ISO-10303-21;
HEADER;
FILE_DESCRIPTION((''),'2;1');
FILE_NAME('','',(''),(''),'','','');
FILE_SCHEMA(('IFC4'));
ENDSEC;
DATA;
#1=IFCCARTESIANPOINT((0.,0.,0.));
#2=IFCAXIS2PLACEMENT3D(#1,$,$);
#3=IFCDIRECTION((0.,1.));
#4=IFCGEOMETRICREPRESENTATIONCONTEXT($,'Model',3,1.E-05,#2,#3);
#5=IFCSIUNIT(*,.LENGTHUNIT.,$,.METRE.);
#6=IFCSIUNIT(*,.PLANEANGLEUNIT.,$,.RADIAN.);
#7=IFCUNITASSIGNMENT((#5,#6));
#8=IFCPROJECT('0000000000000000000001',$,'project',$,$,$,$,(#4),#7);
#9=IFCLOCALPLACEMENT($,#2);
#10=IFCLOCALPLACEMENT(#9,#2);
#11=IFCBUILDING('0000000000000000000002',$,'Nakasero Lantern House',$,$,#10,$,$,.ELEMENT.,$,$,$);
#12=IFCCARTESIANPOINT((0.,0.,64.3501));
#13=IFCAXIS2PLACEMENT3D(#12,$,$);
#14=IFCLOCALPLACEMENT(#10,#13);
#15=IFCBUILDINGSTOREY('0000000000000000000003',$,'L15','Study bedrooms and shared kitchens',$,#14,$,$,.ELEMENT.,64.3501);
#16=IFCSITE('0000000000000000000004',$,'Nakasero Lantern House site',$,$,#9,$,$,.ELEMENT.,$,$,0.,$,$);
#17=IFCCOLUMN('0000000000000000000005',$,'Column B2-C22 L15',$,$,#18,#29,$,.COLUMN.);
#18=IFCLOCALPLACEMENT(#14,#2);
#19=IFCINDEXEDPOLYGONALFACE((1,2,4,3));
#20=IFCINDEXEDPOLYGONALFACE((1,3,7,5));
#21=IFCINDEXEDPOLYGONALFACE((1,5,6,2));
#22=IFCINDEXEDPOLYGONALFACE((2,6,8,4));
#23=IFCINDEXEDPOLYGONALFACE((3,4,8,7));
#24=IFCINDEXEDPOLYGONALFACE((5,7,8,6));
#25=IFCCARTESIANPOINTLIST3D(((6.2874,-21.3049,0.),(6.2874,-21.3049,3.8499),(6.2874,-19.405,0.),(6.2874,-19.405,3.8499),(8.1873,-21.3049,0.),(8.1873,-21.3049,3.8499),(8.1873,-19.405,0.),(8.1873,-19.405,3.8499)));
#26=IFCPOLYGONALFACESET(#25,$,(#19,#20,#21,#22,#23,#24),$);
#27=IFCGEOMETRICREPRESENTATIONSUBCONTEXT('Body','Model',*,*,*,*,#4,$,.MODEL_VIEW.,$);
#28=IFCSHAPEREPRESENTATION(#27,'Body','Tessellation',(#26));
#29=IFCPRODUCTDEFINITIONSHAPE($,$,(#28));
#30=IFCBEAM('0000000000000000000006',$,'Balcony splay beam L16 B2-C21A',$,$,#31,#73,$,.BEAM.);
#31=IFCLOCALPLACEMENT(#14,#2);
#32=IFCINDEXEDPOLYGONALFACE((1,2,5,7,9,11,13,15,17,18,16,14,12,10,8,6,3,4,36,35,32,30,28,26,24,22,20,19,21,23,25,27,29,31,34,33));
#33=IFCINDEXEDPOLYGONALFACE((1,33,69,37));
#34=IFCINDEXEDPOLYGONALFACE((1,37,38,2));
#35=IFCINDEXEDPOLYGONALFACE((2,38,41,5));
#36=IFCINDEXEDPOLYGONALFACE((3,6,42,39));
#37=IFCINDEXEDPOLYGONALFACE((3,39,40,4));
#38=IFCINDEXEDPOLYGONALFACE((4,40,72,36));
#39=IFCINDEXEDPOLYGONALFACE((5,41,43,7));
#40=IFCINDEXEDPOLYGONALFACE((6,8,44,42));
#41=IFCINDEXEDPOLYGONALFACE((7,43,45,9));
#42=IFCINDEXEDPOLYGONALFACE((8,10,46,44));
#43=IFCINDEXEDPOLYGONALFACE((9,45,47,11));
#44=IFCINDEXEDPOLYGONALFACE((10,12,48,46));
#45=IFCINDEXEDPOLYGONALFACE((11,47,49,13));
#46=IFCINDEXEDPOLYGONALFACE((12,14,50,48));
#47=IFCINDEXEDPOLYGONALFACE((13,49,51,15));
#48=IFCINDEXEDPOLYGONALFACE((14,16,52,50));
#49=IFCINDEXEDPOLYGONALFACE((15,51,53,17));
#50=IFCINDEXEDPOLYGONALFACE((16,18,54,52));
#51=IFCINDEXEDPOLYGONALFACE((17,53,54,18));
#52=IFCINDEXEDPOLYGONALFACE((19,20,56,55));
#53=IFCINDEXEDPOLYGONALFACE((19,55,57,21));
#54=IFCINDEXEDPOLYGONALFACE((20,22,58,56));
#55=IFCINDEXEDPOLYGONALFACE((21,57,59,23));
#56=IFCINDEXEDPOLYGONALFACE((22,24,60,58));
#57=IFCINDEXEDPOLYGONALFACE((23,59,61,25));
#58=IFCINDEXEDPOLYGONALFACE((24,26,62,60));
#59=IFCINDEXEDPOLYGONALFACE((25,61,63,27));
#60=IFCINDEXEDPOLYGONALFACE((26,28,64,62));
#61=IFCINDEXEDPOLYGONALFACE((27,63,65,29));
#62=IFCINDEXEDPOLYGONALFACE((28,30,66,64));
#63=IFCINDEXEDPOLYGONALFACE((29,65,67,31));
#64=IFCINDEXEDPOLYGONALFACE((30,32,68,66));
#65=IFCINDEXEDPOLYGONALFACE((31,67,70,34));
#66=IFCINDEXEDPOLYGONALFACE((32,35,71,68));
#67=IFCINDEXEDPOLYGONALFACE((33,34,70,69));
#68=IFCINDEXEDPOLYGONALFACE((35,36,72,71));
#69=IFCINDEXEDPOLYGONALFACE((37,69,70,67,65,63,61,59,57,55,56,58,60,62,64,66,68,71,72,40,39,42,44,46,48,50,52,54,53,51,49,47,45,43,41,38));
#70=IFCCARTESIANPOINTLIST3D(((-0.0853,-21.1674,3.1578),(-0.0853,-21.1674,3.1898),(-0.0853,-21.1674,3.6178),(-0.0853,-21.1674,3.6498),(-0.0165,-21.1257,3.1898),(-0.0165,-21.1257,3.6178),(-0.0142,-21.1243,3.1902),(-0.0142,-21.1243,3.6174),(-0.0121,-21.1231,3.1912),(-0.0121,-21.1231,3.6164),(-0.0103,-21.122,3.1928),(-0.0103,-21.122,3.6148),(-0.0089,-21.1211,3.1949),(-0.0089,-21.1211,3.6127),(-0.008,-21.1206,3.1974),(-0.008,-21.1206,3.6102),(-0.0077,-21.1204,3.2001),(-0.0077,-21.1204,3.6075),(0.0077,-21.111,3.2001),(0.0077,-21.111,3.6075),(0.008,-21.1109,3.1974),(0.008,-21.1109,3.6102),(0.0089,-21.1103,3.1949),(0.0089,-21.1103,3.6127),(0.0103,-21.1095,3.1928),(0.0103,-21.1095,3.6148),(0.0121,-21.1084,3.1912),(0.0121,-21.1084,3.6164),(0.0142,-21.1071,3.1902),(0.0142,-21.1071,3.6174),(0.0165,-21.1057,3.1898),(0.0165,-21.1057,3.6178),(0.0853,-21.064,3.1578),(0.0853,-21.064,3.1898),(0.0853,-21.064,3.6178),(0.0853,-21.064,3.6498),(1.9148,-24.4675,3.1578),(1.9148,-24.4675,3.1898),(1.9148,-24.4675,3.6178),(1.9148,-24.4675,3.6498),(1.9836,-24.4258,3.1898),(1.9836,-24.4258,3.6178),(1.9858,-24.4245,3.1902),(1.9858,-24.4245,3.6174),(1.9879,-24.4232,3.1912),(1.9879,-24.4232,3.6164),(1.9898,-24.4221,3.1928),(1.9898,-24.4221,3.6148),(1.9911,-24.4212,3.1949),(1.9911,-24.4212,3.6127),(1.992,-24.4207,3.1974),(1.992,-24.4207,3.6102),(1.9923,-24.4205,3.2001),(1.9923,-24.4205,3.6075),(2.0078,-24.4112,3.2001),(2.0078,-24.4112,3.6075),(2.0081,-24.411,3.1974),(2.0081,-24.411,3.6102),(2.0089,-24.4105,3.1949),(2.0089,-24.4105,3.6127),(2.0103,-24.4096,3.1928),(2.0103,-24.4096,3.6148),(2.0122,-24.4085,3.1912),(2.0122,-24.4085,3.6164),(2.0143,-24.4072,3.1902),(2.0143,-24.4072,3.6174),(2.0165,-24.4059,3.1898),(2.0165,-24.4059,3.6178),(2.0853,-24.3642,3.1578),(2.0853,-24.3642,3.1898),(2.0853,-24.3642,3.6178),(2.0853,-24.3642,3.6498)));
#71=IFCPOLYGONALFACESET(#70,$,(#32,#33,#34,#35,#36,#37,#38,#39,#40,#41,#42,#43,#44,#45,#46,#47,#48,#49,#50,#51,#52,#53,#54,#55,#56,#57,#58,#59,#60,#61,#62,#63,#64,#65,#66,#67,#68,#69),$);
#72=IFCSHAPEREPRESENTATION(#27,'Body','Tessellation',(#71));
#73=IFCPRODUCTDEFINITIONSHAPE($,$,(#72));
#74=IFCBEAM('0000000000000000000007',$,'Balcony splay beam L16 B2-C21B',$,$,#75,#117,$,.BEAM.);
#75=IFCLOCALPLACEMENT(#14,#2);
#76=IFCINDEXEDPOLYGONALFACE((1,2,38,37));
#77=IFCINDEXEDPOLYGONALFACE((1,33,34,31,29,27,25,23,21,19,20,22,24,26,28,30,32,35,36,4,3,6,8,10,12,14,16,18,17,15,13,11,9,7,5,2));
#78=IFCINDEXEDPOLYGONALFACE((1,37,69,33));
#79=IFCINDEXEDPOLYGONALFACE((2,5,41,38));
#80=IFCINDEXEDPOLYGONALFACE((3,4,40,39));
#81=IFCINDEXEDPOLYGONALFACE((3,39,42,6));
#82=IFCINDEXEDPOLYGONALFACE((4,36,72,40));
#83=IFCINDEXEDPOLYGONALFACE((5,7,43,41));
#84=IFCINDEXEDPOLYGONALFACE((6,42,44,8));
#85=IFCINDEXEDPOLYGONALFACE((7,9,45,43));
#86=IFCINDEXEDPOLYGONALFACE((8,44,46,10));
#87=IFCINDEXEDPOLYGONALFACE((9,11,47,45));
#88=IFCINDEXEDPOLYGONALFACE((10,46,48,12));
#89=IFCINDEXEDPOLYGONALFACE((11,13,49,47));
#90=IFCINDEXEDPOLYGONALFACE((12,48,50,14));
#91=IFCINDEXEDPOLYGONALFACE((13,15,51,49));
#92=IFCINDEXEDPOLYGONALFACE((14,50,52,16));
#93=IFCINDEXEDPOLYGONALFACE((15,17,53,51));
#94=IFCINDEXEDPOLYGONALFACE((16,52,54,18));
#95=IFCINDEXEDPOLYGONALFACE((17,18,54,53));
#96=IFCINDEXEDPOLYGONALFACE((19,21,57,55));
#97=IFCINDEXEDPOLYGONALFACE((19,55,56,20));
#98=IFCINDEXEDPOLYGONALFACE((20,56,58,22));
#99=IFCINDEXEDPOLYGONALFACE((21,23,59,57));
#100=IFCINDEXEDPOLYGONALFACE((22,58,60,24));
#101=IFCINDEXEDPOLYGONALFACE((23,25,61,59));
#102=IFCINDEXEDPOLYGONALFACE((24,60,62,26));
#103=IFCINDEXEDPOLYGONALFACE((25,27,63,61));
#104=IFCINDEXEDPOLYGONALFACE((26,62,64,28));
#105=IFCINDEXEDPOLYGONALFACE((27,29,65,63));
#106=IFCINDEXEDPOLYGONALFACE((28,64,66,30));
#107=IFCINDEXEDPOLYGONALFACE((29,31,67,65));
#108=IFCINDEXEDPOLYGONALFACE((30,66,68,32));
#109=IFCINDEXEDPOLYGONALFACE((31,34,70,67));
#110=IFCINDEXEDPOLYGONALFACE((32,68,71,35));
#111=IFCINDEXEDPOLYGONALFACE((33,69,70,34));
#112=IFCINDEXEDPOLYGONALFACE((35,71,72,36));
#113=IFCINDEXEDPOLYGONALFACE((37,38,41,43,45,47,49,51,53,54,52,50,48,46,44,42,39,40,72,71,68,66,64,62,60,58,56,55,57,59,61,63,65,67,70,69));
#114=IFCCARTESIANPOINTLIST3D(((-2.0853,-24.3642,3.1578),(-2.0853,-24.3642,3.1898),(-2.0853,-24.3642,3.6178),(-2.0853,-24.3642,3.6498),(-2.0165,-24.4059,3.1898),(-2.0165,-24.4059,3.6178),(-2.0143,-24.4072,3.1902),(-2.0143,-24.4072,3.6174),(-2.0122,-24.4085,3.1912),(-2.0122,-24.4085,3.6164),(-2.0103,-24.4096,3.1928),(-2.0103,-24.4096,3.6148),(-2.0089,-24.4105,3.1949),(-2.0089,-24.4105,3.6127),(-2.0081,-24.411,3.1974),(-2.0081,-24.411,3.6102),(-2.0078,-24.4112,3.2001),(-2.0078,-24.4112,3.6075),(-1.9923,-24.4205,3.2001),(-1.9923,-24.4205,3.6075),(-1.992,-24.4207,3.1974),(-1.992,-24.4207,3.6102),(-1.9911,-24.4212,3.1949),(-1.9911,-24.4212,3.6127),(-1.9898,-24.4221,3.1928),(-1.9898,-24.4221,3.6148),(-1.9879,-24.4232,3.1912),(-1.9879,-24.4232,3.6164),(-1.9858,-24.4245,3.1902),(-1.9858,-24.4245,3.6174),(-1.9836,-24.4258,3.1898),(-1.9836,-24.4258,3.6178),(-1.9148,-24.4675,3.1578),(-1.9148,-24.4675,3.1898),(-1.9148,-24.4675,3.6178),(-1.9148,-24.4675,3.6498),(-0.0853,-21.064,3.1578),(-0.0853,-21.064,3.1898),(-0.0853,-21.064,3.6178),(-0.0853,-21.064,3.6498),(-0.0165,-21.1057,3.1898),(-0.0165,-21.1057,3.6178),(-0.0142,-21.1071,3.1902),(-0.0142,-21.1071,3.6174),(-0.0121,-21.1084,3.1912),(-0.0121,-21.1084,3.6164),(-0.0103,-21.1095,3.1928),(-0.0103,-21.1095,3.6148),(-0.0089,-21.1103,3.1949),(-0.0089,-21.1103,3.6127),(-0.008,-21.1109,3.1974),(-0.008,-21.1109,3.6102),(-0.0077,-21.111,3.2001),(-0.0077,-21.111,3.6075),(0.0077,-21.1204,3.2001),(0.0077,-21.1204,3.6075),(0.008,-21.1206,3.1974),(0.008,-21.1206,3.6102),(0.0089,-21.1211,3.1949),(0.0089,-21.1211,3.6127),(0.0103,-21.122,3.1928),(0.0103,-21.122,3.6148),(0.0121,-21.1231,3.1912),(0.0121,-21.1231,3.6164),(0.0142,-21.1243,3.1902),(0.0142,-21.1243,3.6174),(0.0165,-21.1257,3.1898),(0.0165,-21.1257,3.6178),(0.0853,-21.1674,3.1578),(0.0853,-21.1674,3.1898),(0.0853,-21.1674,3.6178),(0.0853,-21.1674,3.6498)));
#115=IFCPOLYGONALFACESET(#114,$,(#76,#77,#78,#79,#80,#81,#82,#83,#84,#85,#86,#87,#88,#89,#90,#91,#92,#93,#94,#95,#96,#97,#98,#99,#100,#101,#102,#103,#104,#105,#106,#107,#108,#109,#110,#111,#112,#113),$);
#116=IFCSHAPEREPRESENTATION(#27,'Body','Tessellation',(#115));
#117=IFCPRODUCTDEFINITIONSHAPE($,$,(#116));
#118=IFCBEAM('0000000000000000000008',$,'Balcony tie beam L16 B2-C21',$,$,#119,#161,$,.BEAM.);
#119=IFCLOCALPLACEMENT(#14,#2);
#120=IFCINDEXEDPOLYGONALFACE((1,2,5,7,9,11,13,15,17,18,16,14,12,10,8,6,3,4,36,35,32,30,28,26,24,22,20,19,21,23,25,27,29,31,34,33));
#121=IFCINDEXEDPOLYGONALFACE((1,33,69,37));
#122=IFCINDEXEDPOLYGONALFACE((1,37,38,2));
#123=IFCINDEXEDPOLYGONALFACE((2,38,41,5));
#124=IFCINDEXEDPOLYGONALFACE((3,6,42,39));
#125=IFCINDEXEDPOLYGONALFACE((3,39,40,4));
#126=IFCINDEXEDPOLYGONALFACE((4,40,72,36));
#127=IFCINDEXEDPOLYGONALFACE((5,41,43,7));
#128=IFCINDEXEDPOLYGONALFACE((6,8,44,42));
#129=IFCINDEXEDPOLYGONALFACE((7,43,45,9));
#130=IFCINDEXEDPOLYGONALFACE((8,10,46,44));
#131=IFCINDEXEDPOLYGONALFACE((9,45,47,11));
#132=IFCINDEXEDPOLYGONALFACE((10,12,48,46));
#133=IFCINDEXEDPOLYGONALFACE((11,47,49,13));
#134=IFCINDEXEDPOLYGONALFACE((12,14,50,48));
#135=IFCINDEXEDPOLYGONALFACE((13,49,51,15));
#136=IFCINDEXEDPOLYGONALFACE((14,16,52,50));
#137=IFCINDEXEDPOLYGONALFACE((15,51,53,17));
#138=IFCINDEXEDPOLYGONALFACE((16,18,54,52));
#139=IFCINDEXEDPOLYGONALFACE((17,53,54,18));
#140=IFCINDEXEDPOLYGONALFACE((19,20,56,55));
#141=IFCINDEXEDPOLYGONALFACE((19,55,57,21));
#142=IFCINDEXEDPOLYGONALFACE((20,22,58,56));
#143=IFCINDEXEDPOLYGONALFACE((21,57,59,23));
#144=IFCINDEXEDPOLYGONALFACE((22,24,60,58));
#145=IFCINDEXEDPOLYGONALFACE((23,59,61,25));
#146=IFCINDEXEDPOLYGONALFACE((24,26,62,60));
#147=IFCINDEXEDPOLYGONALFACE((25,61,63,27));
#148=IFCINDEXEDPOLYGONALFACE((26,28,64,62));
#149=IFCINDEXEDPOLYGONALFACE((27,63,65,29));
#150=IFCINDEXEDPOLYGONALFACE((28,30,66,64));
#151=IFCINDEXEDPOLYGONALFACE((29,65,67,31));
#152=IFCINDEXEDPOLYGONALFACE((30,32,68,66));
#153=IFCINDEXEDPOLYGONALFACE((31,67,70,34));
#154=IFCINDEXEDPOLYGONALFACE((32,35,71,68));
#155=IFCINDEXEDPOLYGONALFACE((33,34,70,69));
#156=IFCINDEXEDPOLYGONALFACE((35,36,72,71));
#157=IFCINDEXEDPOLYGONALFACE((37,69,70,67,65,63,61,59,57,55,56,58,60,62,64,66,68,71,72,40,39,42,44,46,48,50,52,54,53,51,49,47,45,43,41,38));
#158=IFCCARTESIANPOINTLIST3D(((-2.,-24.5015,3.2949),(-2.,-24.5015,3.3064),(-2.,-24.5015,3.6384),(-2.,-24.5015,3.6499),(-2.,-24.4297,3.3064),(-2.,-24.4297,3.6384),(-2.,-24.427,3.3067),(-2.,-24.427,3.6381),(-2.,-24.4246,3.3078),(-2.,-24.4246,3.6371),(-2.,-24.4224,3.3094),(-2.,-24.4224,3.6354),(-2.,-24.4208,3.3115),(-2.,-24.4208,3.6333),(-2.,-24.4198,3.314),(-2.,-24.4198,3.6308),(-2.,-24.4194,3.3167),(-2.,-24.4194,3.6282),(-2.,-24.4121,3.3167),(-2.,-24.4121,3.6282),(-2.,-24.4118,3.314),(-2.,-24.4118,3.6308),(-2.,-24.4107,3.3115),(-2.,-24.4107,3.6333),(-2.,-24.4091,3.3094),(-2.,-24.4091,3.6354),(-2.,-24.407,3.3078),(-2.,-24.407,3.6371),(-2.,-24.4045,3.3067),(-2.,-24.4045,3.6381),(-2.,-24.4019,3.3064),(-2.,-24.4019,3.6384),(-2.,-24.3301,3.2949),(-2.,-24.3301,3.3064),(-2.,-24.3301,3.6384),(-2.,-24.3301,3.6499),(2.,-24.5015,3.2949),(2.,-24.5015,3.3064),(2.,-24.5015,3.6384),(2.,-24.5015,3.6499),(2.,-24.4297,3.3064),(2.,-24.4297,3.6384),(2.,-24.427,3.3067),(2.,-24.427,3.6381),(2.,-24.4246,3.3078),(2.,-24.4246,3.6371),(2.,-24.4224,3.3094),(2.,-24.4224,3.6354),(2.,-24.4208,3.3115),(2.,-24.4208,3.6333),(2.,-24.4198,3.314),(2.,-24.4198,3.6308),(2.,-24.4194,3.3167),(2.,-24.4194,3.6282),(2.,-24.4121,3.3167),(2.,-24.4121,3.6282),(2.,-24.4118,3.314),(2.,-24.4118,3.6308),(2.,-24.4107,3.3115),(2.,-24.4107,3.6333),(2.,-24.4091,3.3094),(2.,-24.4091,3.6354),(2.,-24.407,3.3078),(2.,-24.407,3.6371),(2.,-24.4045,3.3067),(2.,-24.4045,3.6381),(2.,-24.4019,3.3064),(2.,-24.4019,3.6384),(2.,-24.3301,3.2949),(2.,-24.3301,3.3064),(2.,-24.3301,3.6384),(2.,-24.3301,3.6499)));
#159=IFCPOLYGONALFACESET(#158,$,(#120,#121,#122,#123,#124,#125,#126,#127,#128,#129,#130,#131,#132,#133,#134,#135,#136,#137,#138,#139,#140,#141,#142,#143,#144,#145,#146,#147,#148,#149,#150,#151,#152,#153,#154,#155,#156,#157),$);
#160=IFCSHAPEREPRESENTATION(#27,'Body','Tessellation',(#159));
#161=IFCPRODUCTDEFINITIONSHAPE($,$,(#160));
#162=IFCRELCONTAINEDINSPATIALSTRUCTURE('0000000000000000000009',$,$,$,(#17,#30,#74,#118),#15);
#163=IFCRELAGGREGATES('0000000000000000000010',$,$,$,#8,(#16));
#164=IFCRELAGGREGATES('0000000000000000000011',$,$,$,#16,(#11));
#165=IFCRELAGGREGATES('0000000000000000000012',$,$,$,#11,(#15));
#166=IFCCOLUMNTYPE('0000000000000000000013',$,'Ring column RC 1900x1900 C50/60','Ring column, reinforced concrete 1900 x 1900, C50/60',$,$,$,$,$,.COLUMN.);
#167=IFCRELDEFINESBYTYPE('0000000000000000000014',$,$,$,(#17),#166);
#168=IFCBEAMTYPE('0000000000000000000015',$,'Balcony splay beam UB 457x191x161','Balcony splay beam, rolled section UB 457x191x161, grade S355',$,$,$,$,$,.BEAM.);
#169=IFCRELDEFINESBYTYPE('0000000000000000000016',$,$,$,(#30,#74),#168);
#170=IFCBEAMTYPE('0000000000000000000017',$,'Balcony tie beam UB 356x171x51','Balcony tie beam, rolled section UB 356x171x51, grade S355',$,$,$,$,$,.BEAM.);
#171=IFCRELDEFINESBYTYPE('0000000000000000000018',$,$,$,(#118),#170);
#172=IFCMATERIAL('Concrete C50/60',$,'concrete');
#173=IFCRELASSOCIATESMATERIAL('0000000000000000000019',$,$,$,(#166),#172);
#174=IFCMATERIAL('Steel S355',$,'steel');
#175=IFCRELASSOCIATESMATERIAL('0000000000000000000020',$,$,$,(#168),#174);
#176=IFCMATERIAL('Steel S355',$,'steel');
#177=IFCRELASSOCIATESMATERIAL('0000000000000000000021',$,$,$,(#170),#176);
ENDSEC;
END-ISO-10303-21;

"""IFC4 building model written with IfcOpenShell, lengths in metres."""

from ifc_helpers import new_model, si_unit, direction, frame, origin, origin_2d, place, context, subcontext, project, spatial, rectangle, i_section, extrude, material, material_profile, profile_set, type_object, element, save


model = new_model("IFC4")

# Units and contexts
model_context = context("Model", 3, precision=1e-05, world=origin(), true_north=direction((0.0, 1.0)))
body_context = subcontext(model_context, "Body", "Model", "MODEL_VIEW")
ifc_project = project(units=[si_unit("LENGTHUNIT", "METRE"), si_unit("PLANEANGLEUNIT", "RADIAN")], contexts=[model_context])

# Site, building, storey
site_placement = place(None, origin())
site = spatial("IfcSite", under=ifc_project, at=site_placement, Name="Nakasero Lantern House site", CompositionType="ELEMENT", RefElevation=0.0)
building_placement = place(site_placement, origin())
building = spatial("IfcBuilding", under=site, at=building_placement, Name="Nakasero Lantern House", CompositionType="ELEMENT")
storey_placement = place(building_placement, frame((0.0, 0.0, 64.3501)))
storey = spatial("IfcBuildingStorey", under=building, at=storey_placement, Name="L15", Description="Study bedrooms and shared kitchens", CompositionType="ELEMENT", Elevation=64.3501)

# Column
ifc_material_1 = material(Name="Concrete C50/60", Category="concrete")
ifc_material_profile_1 = material_profile(ifc_material_1, rectangle(XDim=1.8999, YDim=1.8999, at=origin_2d()), Name="RC 1900x1900")
ifc_profile_set_1 = profile_set([ifc_material_profile_1], Name="Concrete C50/60")
column_type = type_object("IfcColumnType", Name="Ring column RC 1900x1900 C50/60", Description="Ring column, reinforced concrete 1900 x 1900, C50/60", PredefinedType="COLUMN", material=ifc_profile_set_1)
column_placement = place(storey_placement, frame((7.2373, -20.355, 0.0), z_axis=(0.0, 0.0, 1.0), x_axis=(1.0, 0.0, 0.0)))
element("IfcColumn", 1, at=column_placement, inside=storey, type_object=column_type, Name="Column B2-C22 L15", PredefinedType="COLUMN", context=body_context, shape_type="SweptSolid", body=[
    extrude(rectangle(XDim=1.8999, YDim=1.8999, at=origin_2d()), origin(), (0.0, 0.0, 1.0), 3.8499),
])

# Beams
ifc_material_2 = material(Name="Steel S355", Category="steel")
ifc_material_profile_2 = material_profile(ifc_material_2, i_section(OverallWidth=0.1995, OverallDepth=0.4919, WebThickness=0.0181, FlangeThickness=0.032, FilletRadius=0.0103, at=origin_2d()), Name="UB 457x191x161")
ifc_profile_set_2 = profile_set([ifc_material_profile_2], Name="Steel S355")
beam_type_1 = type_object("IfcBeamType", Name="Balcony splay beam UB 457x191x161", Description="Balcony splay beam, rolled section UB 457x191x161, grade S355", PredefinedType="BEAM", material=ifc_profile_set_2)
for number, where, z_axis, x_axis, name in (
    (2, (0.0, -21.1157, 3.4038), (0.518296, -0.855201, 0.0), (0.855201, 0.518296, 0.0), "Balcony splay beam L16 B2-C21A"),
    (3, (0.0, -21.1157, 3.4038), (-0.518296, -0.855201, 0.0), (0.855201, -0.518296, 0.0), "Balcony splay beam L16 B2-C21B"),
):
    element("IfcBeam", number, at=place(storey_placement, frame(where, z_axis=z_axis, x_axis=x_axis)), inside=storey, type_object=beam_type_1, Name=name, PredefinedType="BEAM", context=body_context, shape_type="SweptSolid", body=[
        extrude(i_section(OverallWidth=0.1995, OverallDepth=0.4919, WebThickness=0.0181, FlangeThickness=0.032, FilletRadius=0.0103, at=origin_2d()), origin(), (0.0, 0.0, 1.0), 3.8589),
    ])
ifc_material_3 = material(Name="Steel S355", Category="steel")
ifc_material_profile_3 = material_profile(ifc_material_3, i_section(OverallWidth=0.1714, OverallDepth=0.355, WebThickness=0.0073, FlangeThickness=0.0115, FilletRadius=0.0103, at=origin_2d()), Name="UB 356x171x51")
ifc_profile_set_3 = profile_set([ifc_material_profile_3], Name="Steel S355")
beam_type_2 = type_object("IfcBeamType", Name="Balcony tie beam UB 356x171x51", Description="Balcony tie beam, rolled section UB 356x171x51, grade S355", PredefinedType="BEAM", material=ifc_profile_set_3)
beam_1_placement = place(storey_placement, frame((2.0, -24.4158, 3.4724), z_axis=(-1.0, 0.0, 0.0), x_axis=(0.0, -1.0, 0.0)))
element("IfcBeam", 4, at=beam_1_placement, inside=storey, type_object=beam_type_2, Name="Balcony tie beam L16 B2-C21", PredefinedType="BEAM", context=body_context, shape_type="SweptSolid", body=[
    extrude(i_section(OverallWidth=0.1714, OverallDepth=0.355, WebThickness=0.0073, FlangeThickness=0.0115, FilletRadius=0.0103, at=origin_2d()), origin(), (0.0, 0.0, 1.0), 4.0),
])

save(model, "model.ifc")
